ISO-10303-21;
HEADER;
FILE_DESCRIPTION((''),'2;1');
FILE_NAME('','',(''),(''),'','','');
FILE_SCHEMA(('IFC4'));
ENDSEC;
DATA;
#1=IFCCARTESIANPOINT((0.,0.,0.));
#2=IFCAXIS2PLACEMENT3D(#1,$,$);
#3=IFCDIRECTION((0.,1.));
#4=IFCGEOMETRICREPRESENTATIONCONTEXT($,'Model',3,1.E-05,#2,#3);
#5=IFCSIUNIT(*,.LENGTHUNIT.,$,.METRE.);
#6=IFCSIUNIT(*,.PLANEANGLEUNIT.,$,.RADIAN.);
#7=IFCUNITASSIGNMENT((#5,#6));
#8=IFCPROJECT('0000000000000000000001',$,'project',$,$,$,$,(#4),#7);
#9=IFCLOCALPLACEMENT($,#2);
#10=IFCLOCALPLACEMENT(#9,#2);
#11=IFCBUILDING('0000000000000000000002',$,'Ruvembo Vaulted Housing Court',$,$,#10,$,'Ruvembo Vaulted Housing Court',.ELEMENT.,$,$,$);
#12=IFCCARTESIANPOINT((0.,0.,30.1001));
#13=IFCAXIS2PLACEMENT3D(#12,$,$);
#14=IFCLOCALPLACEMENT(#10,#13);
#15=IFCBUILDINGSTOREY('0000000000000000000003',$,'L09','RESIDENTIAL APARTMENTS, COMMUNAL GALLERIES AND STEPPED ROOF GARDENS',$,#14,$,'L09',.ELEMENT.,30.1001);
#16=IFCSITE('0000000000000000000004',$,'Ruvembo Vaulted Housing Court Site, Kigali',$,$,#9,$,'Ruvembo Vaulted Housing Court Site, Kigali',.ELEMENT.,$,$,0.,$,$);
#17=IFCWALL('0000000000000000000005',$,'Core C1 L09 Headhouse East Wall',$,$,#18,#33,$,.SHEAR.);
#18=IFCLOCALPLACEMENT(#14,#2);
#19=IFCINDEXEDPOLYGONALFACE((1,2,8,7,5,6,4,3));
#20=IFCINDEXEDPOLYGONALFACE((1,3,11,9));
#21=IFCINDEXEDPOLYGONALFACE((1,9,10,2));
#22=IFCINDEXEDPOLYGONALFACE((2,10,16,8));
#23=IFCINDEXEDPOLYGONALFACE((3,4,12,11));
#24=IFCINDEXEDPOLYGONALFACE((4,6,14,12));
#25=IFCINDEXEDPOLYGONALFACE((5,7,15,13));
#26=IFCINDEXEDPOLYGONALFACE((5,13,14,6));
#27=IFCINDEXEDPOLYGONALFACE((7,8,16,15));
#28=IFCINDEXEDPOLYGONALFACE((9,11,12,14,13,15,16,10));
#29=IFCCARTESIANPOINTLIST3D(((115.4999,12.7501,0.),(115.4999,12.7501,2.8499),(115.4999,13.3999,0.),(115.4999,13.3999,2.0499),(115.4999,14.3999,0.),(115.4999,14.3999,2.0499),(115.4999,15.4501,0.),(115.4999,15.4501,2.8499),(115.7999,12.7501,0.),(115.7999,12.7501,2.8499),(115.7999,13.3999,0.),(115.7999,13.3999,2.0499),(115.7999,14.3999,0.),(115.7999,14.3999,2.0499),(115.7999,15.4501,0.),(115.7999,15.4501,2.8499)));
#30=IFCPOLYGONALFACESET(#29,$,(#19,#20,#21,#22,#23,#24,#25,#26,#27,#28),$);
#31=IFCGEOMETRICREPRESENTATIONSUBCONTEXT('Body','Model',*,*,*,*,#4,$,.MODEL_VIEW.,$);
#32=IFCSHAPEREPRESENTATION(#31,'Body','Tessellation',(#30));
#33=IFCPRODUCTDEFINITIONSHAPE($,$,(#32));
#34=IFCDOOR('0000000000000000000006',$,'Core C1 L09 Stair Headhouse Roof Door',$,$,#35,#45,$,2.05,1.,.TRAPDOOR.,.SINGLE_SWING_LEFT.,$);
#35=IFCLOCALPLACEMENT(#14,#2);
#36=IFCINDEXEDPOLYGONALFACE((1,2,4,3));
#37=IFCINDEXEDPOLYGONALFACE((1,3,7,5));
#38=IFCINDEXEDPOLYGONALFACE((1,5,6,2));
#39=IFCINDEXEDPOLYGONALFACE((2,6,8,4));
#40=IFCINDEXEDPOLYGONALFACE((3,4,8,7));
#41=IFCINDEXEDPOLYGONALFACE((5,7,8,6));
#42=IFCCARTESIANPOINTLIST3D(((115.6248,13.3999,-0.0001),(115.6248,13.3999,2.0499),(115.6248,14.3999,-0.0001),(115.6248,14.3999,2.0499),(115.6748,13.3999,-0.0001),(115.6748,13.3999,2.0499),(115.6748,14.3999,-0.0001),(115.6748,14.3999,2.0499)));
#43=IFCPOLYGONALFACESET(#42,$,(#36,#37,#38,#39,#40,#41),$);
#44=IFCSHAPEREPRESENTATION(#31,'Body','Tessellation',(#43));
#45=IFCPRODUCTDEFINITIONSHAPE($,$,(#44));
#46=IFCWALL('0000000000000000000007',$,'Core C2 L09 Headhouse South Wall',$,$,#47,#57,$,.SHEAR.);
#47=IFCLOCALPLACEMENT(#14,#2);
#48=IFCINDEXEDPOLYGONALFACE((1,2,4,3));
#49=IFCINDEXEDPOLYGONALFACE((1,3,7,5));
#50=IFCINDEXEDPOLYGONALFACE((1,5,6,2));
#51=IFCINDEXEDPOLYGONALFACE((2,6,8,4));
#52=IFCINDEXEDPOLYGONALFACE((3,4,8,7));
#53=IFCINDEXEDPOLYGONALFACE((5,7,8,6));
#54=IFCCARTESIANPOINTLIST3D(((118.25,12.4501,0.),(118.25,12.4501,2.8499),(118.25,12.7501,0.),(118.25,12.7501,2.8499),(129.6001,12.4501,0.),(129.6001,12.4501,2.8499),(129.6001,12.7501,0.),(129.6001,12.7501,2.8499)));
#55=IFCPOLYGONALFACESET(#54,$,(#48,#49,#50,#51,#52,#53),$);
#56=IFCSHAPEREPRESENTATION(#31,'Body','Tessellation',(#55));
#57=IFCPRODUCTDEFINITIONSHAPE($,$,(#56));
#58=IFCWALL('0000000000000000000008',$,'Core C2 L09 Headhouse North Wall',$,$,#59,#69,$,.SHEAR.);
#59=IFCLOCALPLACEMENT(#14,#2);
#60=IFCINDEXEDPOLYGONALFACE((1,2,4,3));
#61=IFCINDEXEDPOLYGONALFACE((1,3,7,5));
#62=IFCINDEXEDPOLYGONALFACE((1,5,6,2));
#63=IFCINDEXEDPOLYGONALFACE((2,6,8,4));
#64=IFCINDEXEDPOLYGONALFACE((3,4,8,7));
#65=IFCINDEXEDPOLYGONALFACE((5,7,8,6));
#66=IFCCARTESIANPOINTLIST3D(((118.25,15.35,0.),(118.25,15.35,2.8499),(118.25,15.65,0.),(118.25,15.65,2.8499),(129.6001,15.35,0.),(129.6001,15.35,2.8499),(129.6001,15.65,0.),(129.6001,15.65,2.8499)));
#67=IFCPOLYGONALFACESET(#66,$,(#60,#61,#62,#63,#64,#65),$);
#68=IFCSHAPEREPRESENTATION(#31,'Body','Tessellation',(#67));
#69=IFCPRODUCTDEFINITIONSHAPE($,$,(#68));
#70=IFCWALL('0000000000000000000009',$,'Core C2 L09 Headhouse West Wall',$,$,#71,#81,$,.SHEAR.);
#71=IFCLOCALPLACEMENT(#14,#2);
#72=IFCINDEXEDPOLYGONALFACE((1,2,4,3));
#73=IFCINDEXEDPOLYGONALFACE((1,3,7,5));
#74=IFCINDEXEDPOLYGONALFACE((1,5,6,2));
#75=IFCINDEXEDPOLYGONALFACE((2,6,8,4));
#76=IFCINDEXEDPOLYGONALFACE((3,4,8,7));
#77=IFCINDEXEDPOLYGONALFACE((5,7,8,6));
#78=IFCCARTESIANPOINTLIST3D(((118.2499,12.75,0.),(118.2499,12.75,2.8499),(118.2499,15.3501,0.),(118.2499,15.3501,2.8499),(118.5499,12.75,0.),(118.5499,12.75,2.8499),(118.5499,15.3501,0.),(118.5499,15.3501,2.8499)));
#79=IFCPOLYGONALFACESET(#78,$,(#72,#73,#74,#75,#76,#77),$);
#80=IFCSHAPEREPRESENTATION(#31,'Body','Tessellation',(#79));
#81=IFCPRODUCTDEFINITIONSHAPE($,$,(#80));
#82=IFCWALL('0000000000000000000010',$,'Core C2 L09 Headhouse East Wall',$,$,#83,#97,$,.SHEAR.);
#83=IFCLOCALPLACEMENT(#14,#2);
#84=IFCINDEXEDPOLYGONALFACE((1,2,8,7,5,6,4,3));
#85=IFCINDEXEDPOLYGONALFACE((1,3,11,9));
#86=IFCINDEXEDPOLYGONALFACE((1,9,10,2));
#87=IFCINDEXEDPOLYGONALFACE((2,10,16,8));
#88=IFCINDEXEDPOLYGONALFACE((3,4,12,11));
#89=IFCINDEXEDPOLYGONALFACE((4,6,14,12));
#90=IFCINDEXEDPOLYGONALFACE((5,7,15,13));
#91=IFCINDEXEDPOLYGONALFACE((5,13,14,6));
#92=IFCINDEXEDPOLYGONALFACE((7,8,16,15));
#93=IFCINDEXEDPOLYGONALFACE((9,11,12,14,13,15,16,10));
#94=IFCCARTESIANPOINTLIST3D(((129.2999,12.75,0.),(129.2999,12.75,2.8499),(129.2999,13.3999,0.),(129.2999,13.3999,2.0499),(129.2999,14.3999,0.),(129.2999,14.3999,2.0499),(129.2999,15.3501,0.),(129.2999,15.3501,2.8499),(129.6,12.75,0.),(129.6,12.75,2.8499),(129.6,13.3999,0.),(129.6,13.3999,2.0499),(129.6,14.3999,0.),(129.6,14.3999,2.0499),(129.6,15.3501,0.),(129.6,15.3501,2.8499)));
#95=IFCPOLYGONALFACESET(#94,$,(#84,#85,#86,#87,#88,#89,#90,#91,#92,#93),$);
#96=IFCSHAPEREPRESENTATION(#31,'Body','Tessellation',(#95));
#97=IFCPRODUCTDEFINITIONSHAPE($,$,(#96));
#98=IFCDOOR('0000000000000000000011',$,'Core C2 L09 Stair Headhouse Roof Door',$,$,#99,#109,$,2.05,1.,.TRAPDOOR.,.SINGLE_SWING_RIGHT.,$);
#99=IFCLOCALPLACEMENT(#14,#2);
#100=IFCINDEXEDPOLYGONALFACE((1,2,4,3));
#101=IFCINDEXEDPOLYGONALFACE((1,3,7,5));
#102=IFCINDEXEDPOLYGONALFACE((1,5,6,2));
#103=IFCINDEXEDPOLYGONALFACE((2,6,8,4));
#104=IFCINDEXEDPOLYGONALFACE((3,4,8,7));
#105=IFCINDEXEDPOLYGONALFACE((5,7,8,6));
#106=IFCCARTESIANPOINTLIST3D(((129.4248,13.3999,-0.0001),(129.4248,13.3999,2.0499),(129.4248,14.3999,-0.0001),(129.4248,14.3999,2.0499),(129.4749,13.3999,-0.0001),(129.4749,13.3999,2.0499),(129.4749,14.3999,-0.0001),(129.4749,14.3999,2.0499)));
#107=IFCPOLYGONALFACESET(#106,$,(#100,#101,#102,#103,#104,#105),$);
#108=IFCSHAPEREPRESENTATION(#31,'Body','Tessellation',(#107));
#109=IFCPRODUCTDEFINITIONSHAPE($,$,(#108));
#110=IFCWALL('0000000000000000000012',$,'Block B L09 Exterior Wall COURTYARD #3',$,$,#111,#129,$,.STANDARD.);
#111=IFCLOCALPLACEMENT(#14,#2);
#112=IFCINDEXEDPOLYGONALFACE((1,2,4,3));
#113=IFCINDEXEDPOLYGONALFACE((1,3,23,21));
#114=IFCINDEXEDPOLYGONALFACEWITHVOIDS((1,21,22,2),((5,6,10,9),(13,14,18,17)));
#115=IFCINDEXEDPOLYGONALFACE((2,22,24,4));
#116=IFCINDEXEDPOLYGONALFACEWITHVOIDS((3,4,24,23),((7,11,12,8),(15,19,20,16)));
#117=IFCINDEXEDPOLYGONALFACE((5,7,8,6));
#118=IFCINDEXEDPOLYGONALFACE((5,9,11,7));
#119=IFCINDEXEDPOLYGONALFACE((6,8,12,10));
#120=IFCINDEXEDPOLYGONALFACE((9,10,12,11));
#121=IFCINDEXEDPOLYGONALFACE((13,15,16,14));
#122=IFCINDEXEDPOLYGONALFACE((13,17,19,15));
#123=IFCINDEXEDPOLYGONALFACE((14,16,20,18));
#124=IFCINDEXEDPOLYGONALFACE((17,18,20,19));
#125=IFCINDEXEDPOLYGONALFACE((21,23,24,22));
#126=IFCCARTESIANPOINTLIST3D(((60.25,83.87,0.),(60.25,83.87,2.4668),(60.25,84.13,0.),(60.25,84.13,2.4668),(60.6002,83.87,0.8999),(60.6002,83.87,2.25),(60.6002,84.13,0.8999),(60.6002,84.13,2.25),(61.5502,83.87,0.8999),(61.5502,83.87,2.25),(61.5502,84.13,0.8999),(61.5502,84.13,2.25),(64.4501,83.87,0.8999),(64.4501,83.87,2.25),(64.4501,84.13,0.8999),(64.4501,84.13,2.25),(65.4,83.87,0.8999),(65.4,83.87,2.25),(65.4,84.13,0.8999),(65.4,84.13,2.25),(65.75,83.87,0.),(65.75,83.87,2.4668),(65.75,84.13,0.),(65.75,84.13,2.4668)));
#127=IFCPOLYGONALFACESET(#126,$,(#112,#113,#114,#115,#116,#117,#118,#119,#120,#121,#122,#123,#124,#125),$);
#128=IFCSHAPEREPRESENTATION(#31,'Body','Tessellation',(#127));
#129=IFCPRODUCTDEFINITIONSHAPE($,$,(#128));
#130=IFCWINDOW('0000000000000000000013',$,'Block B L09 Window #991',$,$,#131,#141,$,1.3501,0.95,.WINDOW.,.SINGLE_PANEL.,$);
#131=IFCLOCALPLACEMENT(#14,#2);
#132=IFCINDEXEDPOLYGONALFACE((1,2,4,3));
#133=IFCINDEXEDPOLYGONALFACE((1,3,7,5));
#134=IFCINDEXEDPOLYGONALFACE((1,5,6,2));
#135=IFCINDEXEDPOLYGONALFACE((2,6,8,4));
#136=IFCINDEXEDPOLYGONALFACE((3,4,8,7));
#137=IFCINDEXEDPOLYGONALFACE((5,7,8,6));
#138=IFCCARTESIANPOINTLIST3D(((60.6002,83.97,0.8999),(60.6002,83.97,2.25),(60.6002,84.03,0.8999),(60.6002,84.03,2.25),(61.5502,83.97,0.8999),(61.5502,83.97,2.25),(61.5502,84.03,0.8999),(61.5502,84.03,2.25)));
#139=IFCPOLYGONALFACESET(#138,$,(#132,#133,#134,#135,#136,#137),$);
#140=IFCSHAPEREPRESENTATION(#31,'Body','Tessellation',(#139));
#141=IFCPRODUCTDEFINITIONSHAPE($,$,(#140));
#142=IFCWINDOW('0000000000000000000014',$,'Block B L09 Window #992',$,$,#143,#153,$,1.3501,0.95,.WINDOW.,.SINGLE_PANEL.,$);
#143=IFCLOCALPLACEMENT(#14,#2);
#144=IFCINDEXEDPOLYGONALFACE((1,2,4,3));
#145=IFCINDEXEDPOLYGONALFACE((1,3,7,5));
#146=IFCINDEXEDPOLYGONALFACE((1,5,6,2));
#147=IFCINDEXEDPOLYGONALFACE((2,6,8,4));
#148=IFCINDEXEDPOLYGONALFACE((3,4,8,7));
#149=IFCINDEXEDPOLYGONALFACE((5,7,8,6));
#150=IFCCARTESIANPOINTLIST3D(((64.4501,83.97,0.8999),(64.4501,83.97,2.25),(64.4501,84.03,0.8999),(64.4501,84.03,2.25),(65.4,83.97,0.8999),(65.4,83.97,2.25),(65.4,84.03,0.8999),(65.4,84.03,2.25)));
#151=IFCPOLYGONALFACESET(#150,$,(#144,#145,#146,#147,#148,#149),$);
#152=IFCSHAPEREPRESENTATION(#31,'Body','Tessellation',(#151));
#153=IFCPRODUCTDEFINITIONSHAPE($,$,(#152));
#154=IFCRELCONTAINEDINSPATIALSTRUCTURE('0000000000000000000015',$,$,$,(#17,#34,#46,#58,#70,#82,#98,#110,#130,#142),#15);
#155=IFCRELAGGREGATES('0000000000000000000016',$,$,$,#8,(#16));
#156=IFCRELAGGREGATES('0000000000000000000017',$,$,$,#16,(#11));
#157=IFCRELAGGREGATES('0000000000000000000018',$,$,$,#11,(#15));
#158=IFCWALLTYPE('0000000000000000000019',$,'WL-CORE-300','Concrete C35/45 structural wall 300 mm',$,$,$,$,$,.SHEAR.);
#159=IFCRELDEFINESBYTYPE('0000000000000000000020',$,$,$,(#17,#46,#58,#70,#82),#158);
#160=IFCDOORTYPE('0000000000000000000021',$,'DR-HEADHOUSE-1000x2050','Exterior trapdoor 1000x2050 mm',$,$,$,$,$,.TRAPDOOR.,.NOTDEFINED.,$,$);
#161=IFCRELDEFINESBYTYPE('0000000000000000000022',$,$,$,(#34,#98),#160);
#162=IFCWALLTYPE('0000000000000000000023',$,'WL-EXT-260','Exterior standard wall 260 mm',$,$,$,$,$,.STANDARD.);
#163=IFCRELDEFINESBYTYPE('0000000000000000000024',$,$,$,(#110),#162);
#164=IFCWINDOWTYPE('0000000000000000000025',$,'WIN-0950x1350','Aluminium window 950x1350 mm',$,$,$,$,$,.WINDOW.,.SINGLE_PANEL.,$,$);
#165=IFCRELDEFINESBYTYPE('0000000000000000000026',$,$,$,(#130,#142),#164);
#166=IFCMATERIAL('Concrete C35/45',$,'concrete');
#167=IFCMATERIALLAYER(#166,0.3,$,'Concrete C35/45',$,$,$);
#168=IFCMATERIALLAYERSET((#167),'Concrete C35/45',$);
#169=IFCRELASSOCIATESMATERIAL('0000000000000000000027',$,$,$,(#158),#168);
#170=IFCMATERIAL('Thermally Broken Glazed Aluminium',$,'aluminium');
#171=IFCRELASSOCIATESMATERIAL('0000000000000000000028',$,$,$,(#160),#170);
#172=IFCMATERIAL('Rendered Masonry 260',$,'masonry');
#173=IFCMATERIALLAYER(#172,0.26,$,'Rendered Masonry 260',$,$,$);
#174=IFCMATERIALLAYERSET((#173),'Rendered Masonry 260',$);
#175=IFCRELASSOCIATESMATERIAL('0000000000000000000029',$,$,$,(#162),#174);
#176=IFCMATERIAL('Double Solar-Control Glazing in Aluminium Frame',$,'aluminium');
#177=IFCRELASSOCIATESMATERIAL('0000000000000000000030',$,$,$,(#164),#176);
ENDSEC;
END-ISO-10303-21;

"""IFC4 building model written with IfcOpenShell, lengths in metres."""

from ifc_helpers import new_model, si_unit, direction, frame, frame_2d, origin, place, context, subcontext, project, spatial, rectangle, extrude, material, layer, layer_set, type_object, element, fill, save


model = new_model("IFC4")

# Units and contexts
model_context = context("Model", 3, precision=1e-05, world=origin(), true_north=direction((0.0, 1.0)))
body_context = subcontext(model_context, "Body", "Model", "MODEL_VIEW")
ifc_project = project(units=[si_unit("LENGTHUNIT", "METRE"), si_unit("PLANEANGLEUNIT", "RADIAN")], contexts=[model_context])

# Site, building, storey
site_placement = place(None, origin())
site = spatial("IfcSite", under=ifc_project, at=site_placement, Name="Ruvembo Vaulted Housing Court Site, Kigali", LongName="Ruvembo Vaulted Housing Court Site, Kigali", CompositionType="ELEMENT", RefElevation=0.0)
building_placement = place(site_placement, origin())
building = spatial("IfcBuilding", under=site, at=building_placement, Name="Ruvembo Vaulted Housing Court", LongName="Ruvembo Vaulted Housing Court", CompositionType="ELEMENT")
storey_placement = place(building_placement, frame((0.0, 0.0, 30.1001)))
storey = spatial("IfcBuildingStorey", under=building, at=storey_placement, Name="L09", Description="RESIDENTIAL APARTMENTS, COMMUNAL GALLERIES AND STEPPED ROOF GARDENS", LongName="L09", CompositionType="ELEMENT", Elevation=30.1001)

# Shared definitions
ifc_material_1 = material(Name="Concrete C35/45", Category="concrete")

# Shared definitions
ifc_layer_1 = layer(ifc_material_1, 0.3, Name="Concrete C35/45")
ifc_layer_set_1 = layer_set([ifc_layer_1], Name="Concrete C35/45")
wall_type_1 = type_object("IfcWallType", Name="WL-CORE-300", Description="Concrete C35/45 structural wall 300 mm", PredefinedType="SHEAR", material=ifc_layer_set_1)

# Wall, opening, door
wall_1_placement = place(storey_placement, frame((115.6499, 12.75, 0.0), z_axis=(0.0, 0.0, 1.0), x_axis=(0.0, 1.0, 0.0)))
wall_1 = element("IfcWall", 1, at=wall_1_placement, inside=storey, type_object=wall_type_1, Name="Core C1 L09 Headhouse East Wall", PredefinedType="SHEAR", context=body_context, shape_type="SweptSolid", body=[
    extrude(rectangle(XDim=2.7, YDim=0.3, at=frame_2d((1.3501, 0.0))), origin(), (0.0, 0.0, 1.0), 2.8499),
])
opening_1_placement = place(wall_1_placement, frame((0.6499, 0.0, 0.0)))
opening_1 = element("IfcOpeningElement", 2, at=opening_1_placement, cuts=wall_1, PredefinedType="OPENING", context=body_context, shape_type="SweptSolid", body=[
    extrude(rectangle(XDim=1.0, YDim=2.05, at=frame_2d((0.5, 1.0249))), frame((0.0, 0.1599, 0.0), z_axis=(0.0, -1.0, 0.0), x_axis=(1.0, 0.0, 0.0)), (0.0, 0.0, 1.0), 0.3201),
])
ifc_material_2 = material(Name="Thermally Broken Glazed Aluminium", Category="aluminium")
door_type = type_object("IfcDoorType", Name="DR-HEADHOUSE-1000x2050", Description="Exterior trapdoor 1000x2050 mm", OperationType="NOTDEFINED", PredefinedType="TRAPDOOR", material=ifc_material_2)
door_1_placement = place(opening_1_placement, frame((1.0, 0.0, 0.0), z_axis=(0.0, 0.0, 1.0), x_axis=(-1.0, 0.0, 0.0)))
door_1 = element("IfcDoor", 3, at=door_1_placement, inside=storey, type_object=door_type, Name="Core C1 L09 Stair Headhouse Roof Door", OperationType="SINGLE_SWING_LEFT", OverallHeight=2.05, OverallWidth=1.0, PredefinedType="TRAPDOOR", context=body_context, shape_type="SweptSolid", body=[
    extrude(rectangle(XDim=1.0, YDim=2.05, at=frame_2d((0.5, 1.0249))), frame((0.0, 0.0249, 0.0), z_axis=(0.0, -1.0, 0.0), x_axis=(1.0, 0.0, 0.0)), (0.0, 0.0, 1.0), 0.05),
])
fill(opening_1, door_1)

# Walls
for number, where, z_axis, x_axis, name in (
    (4, (118.25, 12.6001, 0.0), (0.0, 0.0, 1.0), (1.0, 0.0, 0.0), "Core C2 L09 Headhouse South Wall"),
    (5, (129.6001, 15.5, 0.0), (0.0, 0.0, 1.0), (-1.0, 0.0, 0.0), "Core C2 L09 Headhouse North Wall"),
):
    element("IfcWall", number, at=place(storey_placement, frame(where, z_axis=z_axis, x_axis=x_axis)), inside=storey, type_object=wall_type_1, Name=name, PredefinedType="SHEAR", context=body_context, shape_type="SweptSolid", body=[
        extrude(rectangle(XDim=11.3501, YDim=0.3, at=frame_2d((5.675, 0.0))), origin(), (0.0, 0.0, 1.0), 2.8499),
    ])
wall_2_placement = place(storey_placement, frame((118.3999, 15.3501, 0.0), z_axis=(0.0, 0.0, 1.0), x_axis=(0.0, -1.0, 0.0)))
element("IfcWall", 6, at=wall_2_placement, inside=storey, type_object=wall_type_1, Name="Core C2 L09 Headhouse West Wall", PredefinedType="SHEAR", context=body_context, shape_type="SweptSolid", body=[
    extrude(rectangle(XDim=2.6001, YDim=0.3, at=frame_2d((1.3, 0.0))), origin(), (0.0, 0.0, 1.0), 2.8499),
])

# Wall, opening, door
wall_3_placement = place(storey_placement, frame((129.45, 12.75, 0.0), z_axis=(0.0, 0.0, 1.0), x_axis=(0.0, 1.0, 0.0)))
wall_3 = element("IfcWall", 7, at=wall_3_placement, inside=storey, type_object=wall_type_1, Name="Core C2 L09 Headhouse East Wall", PredefinedType="SHEAR", context=body_context, shape_type="SweptSolid", body=[
    extrude(rectangle(XDim=2.6001, YDim=0.3, at=frame_2d((1.3, 0.0))), origin(), (0.0, 0.0, 1.0), 2.8499),
])
opening_2_placement = place(wall_3_placement, frame((0.6499, 0.0, 0.0)))
opening_2 = element("IfcOpeningElement", 8, at=opening_2_placement, cuts=wall_3, PredefinedType="OPENING", context=body_context, shape_type="SweptSolid", body=[
    extrude(rectangle(XDim=1.0, YDim=2.05, at=frame_2d((0.5, 1.0249))), frame((0.0, 0.1599, 0.0), z_axis=(0.0, -1.0, 0.0), x_axis=(1.0, 0.0, 0.0)), (0.0, 0.0, 1.0), 0.3201),
])
door_2_placement = place(opening_2_placement, frame((1.0, 0.0, 0.0), z_axis=(0.0, 0.0, 1.0), x_axis=(-1.0, 0.0, 0.0)))
door_2 = element("IfcDoor", 9, at=door_2_placement, inside=storey, type_object=door_type, Name="Core C2 L09 Stair Headhouse Roof Door", OperationType="SINGLE_SWING_RIGHT", OverallHeight=2.05, OverallWidth=1.0, PredefinedType="TRAPDOOR", context=body_context, shape_type="SweptSolid", body=[
    extrude(rectangle(XDim=1.0, YDim=2.05, at=frame_2d((0.5, 1.0249))), frame((0.0, 0.0249, 0.0), z_axis=(0.0, -1.0, 0.0), x_axis=(1.0, 0.0, 0.0)), (0.0, 0.0, 1.0), 0.05),
])
fill(opening_2, door_2)

# Wall, openings, windows
ifc_material_3 = material(Name="Rendered Masonry 260", Category="masonry")
ifc_layer_2 = layer(ifc_material_3, 0.26, Name="Rendered Masonry 260")
ifc_layer_set_2 = layer_set([ifc_layer_2], Name="Rendered Masonry 260")
wall_type_2 = type_object("IfcWallType", Name="WL-EXT-260", Description="Exterior standard wall 260 mm", PredefinedType="STANDARD", material=ifc_layer_set_2)
wall_4_placement = place(storey_placement, frame((60.25, 84.0, 0.0), z_axis=(0.0, 0.0, 1.0), x_axis=(1.0, 0.0, 0.0)))
wall_4 = element("IfcWall", 10, at=wall_4_placement, inside=storey, type_object=wall_type_2, Name="Block B L09 Exterior Wall COURTYARD #3", PredefinedType="STANDARD", context=body_context, shape_type="SweptSolid", body=[
    extrude(rectangle(XDim=5.5, YDim=0.26, at=frame_2d((2.75, 0.0))), origin(), (0.0, 0.0, 1.0), 2.4668),
])
opening_3_placement = place(wall_4_placement, frame((0.3501, 0.0, 0.8999)))
opening_3 = element("IfcOpeningElement", 11, at=opening_3_placement, cuts=wall_4, PredefinedType="OPENING", context=body_context, shape_type="SweptSolid", body=[
    extrude(rectangle(XDim=0.95, YDim=1.3501, at=frame_2d((0.4751, 0.675))), frame((0.0, 0.1399, 0.0), z_axis=(0.0, -1.0, 0.0), x_axis=(1.0, 0.0, 0.0)), (0.0, 0.0, 1.0), 0.28),
])
opening_4_placement = place(wall_4_placement, frame((4.2, 0.0, 0.8999)))
opening_4 = element("IfcOpeningElement", 12, at=opening_4_placement, cuts=wall_4, PredefinedType="OPENING", context=body_context, shape_type="SweptSolid", body=[
    extrude(rectangle(XDim=0.95, YDim=1.3501, at=frame_2d((0.4751, 0.675))), frame((0.0, 0.1399, 0.0), z_axis=(0.0, -1.0, 0.0), x_axis=(1.0, 0.0, 0.0)), (0.0, 0.0, 1.0), 0.28),
])
ifc_material_4 = material(Name="Double Solar-Control Glazing in Aluminium Frame", Category="aluminium")
window_type_1 = type_object("IfcWindowType", Name="WIN-0950x1350", Description="Aluminium window 950x1350 mm", PartitioningType="SINGLE_PANEL", PredefinedType="WINDOW", material=ifc_material_4)
window_1_placement = place(opening_3_placement, origin())
window_1 = element("IfcWindow", 13, at=window_1_placement, inside=storey, type_object=window_type_1, Name="Block B L09 Window #991", OverallHeight=1.3501, OverallWidth=0.95, PartitioningType="SINGLE_PANEL", PredefinedType="WINDOW", context=body_context, shape_type="SweptSolid", body=[
    extrude(rectangle(XDim=0.95, YDim=1.3501, at=frame_2d((0.4751, 0.675))), frame((0.0, 0.03, 0.0), z_axis=(0.0, -1.0, 0.0), x_axis=(1.0, 0.0, 0.0)), (0.0, 0.0, 1.0), 0.0601),
])
fill(opening_3, window_1)
window_2_placement = place(opening_4_placement, origin())
window_2 = element("IfcWindow", 14, at=window_2_placement, inside=storey, type_object=window_type_1, Name="Block B L09 Window #992", OverallHeight=1.3501, OverallWidth=0.95, PartitioningType="SINGLE_PANEL", PredefinedType="WINDOW", context=body_context, shape_type="SweptSolid", body=[
    extrude(rectangle(XDim=0.95, YDim=1.3501, at=frame_2d((0.4751, 0.675))), frame((0.0, 0.03, 0.0), z_axis=(0.0, -1.0, 0.0), x_axis=(1.0, 0.0, 0.0)), (0.0, 0.0, 1.0), 0.0601),
])
fill(opening_4, window_2)

save(model, "model.ifc")
